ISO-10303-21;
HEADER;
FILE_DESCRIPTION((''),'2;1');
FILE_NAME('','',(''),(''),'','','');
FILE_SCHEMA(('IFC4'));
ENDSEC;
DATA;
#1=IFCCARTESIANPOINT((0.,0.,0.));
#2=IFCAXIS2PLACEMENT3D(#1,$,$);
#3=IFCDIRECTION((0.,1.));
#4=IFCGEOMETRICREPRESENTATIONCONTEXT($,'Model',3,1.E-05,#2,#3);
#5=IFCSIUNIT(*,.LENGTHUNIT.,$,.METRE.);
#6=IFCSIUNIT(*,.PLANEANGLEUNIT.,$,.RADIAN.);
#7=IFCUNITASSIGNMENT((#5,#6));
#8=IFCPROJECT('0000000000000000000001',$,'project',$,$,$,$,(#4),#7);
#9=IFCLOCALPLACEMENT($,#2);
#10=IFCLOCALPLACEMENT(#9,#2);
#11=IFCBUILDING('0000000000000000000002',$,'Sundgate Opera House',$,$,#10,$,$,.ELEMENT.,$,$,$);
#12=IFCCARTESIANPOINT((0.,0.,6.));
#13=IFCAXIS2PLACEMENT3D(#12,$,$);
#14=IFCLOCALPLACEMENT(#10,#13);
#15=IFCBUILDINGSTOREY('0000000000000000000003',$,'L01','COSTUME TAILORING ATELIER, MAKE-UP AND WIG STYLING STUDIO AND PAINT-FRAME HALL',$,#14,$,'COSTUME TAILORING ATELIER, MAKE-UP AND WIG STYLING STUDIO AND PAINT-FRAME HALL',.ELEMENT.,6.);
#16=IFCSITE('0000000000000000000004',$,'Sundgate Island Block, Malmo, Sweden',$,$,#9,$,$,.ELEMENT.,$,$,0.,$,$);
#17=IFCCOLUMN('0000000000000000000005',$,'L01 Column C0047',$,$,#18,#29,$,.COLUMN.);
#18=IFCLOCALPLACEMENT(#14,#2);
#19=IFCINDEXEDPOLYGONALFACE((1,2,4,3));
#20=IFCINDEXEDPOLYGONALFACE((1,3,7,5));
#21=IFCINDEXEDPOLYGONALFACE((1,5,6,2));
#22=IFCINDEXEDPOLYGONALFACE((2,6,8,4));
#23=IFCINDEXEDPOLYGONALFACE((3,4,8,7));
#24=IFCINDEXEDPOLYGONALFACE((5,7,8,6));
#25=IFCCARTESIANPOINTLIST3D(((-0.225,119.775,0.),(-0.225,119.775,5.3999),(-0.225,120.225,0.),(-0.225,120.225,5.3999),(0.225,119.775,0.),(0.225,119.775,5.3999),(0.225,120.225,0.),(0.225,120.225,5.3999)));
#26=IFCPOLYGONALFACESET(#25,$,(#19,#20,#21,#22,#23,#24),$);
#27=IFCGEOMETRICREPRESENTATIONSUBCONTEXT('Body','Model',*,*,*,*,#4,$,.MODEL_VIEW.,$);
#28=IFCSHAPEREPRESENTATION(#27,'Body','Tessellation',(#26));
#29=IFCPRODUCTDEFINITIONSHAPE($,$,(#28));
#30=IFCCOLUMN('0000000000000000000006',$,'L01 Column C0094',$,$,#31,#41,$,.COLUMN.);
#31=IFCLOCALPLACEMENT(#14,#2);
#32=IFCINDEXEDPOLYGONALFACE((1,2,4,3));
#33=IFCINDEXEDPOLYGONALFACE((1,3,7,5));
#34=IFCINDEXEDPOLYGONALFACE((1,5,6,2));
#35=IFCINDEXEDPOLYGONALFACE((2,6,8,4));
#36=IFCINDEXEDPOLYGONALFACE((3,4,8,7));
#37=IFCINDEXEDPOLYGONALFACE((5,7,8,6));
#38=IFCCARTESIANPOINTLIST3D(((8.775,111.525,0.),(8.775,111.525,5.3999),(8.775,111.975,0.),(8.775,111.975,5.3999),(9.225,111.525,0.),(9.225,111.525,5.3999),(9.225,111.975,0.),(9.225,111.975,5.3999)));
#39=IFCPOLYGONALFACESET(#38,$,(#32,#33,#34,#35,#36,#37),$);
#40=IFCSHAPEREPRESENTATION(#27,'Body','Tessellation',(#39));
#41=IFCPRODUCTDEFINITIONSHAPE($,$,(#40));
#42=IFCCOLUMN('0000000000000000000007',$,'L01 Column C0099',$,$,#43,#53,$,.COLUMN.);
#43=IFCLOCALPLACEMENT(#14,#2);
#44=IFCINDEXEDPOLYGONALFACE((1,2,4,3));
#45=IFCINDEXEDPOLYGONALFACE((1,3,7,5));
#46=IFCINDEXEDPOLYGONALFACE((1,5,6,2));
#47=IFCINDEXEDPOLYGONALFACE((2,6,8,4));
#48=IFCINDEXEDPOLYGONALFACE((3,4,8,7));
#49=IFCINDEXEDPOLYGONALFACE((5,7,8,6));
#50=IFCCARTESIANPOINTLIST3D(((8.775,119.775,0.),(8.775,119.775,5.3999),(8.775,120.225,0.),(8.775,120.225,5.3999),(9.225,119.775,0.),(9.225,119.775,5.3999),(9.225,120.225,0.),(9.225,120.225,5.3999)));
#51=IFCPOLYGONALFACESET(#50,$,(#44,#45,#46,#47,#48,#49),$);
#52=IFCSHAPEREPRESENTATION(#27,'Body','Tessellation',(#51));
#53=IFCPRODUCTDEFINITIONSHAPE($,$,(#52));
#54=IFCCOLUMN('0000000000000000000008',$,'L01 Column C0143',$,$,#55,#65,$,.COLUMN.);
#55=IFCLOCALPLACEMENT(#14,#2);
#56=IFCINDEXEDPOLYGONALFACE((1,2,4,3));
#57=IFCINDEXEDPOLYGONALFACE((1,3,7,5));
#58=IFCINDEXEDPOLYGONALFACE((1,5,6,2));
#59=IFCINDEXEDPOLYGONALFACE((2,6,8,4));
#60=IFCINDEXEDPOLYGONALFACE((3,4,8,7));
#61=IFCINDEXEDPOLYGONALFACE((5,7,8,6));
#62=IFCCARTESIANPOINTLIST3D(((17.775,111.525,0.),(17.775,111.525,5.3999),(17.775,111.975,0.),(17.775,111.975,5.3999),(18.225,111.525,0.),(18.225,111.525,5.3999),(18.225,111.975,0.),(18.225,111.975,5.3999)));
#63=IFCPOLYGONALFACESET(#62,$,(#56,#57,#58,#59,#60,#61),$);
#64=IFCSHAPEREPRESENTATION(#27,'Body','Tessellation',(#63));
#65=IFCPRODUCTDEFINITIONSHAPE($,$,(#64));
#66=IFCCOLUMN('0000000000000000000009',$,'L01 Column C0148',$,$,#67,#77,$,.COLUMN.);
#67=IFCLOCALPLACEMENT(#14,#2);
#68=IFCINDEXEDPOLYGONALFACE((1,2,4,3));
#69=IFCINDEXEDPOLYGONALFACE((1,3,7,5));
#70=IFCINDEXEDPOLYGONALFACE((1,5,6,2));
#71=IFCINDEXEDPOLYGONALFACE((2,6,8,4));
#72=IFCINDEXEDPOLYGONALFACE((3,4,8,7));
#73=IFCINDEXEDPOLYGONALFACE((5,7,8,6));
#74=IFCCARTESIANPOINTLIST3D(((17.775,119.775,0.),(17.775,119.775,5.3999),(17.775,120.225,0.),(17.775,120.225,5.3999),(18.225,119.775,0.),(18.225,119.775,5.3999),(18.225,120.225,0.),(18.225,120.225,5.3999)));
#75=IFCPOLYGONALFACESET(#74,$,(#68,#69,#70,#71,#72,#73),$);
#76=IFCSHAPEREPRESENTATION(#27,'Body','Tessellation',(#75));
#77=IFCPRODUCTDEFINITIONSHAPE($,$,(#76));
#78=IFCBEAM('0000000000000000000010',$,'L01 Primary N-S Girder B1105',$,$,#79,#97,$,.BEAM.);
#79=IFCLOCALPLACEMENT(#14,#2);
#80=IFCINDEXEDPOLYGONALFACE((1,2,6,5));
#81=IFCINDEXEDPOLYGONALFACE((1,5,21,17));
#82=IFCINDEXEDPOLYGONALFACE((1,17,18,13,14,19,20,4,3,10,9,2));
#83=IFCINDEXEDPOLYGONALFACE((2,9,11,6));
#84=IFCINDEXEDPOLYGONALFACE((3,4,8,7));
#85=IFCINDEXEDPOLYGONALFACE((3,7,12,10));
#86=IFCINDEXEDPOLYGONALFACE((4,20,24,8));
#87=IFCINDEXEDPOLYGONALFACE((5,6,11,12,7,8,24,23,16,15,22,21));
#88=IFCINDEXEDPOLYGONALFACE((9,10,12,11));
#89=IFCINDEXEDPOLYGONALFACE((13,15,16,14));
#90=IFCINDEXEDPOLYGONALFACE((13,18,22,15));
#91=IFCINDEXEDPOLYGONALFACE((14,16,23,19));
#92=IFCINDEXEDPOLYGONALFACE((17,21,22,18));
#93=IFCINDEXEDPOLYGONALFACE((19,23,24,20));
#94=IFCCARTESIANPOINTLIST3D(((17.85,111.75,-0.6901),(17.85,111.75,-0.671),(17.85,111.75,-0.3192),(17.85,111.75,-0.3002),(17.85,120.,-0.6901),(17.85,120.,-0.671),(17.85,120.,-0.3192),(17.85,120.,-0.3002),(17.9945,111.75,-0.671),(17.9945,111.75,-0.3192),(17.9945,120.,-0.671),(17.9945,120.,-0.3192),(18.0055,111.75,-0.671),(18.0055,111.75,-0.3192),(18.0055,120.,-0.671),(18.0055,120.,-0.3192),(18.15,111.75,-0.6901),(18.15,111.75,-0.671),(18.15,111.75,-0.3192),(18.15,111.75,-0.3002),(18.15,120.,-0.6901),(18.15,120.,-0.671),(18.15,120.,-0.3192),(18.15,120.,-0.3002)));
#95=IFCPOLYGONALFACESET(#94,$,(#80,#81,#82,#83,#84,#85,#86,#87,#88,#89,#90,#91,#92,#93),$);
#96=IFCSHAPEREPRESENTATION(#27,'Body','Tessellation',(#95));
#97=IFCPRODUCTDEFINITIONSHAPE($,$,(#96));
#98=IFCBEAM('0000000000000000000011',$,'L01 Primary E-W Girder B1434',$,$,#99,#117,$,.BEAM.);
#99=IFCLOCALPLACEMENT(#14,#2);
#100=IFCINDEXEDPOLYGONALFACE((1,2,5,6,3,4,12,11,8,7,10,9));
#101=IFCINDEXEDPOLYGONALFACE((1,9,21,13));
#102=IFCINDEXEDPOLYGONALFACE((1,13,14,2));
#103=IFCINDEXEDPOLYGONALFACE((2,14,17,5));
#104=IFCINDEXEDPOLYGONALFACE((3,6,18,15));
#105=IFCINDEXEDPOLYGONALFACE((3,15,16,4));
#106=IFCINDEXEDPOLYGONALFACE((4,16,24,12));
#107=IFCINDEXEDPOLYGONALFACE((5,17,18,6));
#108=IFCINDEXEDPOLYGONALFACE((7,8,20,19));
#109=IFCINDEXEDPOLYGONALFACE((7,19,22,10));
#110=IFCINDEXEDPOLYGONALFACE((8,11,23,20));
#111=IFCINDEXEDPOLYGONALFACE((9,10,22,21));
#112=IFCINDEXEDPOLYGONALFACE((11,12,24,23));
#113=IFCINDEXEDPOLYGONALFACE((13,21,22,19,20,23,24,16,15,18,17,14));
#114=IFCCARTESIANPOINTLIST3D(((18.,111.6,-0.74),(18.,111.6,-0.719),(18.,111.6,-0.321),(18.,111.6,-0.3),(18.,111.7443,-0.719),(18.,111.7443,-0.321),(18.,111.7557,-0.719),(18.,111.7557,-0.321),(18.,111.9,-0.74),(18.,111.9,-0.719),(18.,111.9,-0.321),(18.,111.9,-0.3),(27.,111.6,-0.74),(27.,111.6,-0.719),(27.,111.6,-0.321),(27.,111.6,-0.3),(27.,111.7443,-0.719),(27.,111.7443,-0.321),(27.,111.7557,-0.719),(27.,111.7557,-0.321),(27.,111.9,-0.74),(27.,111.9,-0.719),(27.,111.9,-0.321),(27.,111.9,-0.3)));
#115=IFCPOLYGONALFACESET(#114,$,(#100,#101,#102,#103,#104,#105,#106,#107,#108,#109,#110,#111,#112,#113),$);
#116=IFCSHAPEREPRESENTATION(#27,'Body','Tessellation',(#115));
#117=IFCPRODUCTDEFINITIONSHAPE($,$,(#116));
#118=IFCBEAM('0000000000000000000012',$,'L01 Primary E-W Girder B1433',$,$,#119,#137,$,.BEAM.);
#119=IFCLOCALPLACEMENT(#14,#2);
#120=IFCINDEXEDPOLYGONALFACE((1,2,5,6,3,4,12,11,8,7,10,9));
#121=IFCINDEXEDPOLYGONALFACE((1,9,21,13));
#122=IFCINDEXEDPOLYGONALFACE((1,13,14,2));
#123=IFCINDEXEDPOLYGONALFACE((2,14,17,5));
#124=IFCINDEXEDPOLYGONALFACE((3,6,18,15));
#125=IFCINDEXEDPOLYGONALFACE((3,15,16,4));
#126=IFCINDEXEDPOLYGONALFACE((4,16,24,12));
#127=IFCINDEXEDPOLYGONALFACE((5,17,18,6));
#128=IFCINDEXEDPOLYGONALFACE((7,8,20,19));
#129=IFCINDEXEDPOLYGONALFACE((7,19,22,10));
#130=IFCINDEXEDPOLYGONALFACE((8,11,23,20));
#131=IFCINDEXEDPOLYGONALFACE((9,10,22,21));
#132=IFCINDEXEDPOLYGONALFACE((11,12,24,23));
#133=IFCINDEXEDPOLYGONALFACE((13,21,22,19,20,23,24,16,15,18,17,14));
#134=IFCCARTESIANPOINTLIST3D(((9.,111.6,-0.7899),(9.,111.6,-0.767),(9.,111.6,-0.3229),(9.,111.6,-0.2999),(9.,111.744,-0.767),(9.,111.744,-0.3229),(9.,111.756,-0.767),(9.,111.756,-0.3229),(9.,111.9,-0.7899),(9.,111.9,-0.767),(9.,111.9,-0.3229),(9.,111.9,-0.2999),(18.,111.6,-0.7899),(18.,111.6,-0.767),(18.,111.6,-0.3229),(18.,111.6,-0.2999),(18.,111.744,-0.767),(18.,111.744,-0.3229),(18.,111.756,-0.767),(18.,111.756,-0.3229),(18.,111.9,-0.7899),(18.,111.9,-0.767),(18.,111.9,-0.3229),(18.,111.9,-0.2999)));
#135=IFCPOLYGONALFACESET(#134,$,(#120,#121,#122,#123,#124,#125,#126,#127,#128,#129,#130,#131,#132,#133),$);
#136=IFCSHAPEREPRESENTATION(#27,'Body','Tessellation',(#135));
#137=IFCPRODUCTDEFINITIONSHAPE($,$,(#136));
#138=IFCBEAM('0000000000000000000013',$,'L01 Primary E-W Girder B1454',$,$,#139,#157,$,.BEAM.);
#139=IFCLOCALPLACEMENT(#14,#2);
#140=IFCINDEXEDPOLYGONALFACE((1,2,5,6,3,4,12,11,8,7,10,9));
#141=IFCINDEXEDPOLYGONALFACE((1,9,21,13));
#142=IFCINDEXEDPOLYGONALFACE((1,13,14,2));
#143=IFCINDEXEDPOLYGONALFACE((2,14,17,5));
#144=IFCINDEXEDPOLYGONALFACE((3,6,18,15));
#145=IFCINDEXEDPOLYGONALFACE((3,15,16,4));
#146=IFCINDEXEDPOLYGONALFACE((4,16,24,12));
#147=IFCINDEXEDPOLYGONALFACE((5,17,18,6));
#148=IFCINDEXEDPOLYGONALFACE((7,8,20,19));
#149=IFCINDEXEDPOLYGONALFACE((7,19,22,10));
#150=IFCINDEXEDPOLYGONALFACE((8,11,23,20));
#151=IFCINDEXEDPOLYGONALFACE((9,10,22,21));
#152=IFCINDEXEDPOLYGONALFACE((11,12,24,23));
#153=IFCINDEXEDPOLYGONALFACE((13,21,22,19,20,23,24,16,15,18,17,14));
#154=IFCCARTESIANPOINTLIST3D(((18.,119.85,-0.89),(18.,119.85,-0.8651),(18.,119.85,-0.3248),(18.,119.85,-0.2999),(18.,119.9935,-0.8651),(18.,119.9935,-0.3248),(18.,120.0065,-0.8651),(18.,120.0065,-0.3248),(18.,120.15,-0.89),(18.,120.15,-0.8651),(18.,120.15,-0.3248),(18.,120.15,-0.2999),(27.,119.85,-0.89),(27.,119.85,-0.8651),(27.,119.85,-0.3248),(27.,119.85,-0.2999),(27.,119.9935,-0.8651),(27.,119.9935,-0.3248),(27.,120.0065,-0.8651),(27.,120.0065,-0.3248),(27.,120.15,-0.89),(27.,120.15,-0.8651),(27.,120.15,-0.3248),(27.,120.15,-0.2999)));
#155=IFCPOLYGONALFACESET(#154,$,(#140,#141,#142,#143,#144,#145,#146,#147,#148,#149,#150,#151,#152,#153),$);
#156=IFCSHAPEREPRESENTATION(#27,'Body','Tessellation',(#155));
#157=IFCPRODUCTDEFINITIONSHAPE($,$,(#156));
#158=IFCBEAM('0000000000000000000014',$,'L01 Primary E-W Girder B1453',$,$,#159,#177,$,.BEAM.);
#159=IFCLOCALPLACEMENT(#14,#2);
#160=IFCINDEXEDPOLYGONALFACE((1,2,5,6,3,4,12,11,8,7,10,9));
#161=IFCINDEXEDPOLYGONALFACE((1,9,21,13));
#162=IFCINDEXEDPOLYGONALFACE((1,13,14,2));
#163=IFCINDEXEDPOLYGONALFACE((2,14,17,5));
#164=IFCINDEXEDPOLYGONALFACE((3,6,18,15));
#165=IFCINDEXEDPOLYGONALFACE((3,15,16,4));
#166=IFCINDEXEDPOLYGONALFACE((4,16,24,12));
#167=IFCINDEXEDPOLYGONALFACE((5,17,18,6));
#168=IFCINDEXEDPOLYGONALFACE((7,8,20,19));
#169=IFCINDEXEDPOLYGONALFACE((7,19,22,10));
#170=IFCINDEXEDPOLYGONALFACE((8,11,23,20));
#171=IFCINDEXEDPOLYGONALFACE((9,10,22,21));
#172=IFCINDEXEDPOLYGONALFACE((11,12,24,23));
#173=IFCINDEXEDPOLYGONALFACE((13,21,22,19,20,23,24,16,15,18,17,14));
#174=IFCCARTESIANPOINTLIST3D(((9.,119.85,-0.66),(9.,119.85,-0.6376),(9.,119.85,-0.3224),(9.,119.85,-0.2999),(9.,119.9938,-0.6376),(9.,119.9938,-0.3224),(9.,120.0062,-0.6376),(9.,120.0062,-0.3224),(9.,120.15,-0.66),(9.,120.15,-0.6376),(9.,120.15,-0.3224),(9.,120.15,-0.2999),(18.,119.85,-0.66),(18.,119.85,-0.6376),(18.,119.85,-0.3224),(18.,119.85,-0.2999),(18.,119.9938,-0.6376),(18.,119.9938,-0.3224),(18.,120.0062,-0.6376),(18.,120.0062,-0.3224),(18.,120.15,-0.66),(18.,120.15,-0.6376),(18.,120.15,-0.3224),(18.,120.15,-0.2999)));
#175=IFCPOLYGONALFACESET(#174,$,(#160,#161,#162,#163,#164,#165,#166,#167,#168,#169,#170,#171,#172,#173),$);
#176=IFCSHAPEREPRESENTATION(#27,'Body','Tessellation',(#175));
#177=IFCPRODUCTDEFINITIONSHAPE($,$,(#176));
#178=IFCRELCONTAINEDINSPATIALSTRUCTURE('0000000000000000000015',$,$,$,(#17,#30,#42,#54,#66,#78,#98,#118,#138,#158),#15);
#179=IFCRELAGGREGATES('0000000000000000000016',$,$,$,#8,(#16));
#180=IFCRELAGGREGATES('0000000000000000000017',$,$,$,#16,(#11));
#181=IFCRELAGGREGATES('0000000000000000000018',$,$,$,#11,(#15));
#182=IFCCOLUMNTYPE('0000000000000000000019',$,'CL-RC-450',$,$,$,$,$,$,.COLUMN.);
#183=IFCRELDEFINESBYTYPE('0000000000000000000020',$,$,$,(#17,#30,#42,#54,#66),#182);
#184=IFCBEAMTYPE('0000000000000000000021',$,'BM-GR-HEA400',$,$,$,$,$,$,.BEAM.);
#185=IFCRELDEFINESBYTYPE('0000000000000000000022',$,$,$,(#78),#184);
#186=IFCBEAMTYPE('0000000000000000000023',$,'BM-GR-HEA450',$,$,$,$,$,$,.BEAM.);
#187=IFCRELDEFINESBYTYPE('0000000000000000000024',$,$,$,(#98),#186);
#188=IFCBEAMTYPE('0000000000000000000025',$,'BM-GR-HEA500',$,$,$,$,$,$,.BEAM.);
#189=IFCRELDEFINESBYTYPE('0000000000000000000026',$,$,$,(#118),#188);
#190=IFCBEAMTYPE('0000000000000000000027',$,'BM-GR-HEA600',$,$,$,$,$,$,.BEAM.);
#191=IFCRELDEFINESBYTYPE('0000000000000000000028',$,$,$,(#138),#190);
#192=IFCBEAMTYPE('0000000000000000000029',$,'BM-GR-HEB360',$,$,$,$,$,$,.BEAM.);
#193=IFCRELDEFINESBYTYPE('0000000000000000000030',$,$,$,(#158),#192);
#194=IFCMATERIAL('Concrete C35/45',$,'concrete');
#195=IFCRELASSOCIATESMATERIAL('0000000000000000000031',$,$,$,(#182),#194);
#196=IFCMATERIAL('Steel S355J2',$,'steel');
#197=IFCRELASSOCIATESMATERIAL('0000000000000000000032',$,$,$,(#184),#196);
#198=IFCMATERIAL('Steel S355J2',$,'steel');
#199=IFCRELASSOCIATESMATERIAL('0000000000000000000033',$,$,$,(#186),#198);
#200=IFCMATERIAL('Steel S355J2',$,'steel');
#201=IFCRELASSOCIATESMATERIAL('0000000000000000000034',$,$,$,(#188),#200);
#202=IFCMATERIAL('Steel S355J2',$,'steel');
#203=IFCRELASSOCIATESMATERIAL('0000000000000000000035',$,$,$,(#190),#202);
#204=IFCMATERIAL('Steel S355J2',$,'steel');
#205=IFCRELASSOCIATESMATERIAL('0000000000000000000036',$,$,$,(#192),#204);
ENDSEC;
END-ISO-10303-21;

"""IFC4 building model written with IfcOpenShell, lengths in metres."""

from ifc_helpers import new_model, si_unit, direction, frame, origin, origin_2d, place, context, subcontext, project, spatial, rectangle, i_section, extrude, material, material_profile, profile_set, type_object, element, save


model = new_model("IFC4")

# Units and contexts
model_context = context("Model", 3, precision=1e-05, world=origin(), true_north=direction((0.0, 1.0)))
body_context = subcontext(model_context, "Body", "Model", "MODEL_VIEW")
ifc_project = project(units=[si_unit("LENGTHUNIT", "METRE"), si_unit("PLANEANGLEUNIT", "RADIAN")], contexts=[model_context])

# Site, building, storey
site_placement = place(None, origin())
site = spatial("IfcSite", under=ifc_project, at=site_placement, Name="Sundgate Island Block, Malmo, Sweden", CompositionType="ELEMENT", RefElevation=0.0)
building_placement = place(site_placement, origin())
building = spatial("IfcBuilding", under=site, at=building_placement, Name="Sundgate Opera House", CompositionType="ELEMENT")
storey_placement = place(building_placement, frame((0.0, 0.0, 6.0)))
storey = spatial("IfcBuildingStorey", under=building, at=storey_placement, Name="L01", Description="COSTUME TAILORING ATELIER, MAKE-UP AND WIG STYLING STUDIO AND PAINT-FRAME HALL", LongName="COSTUME TAILORING ATELIER, MAKE-UP AND WIG STYLING STUDIO AND PAINT-FRAME HALL", CompositionType="ELEMENT", Elevation=6.0)

# Columns
ifc_material_1 = material(Name="Concrete C35/45", Category="concrete")
ifc_material_profile_1 = material_profile(ifc_material_1, rectangle(XDim=0.45, YDim=0.45, at=origin_2d()), Name="RC 450x450")
ifc_profile_set_1 = profile_set([ifc_material_profile_1], Name="Concrete C35/45")
column_type = type_object("IfcColumnType", Name="CL-RC-450", PredefinedType="COLUMN", material=ifc_profile_set_1)
for number, where, z_axis, x_axis, name in (
    (1, (0.0, 120.0, 0.0), (0.0, 0.0, 1.0), (1.0, 0.0, 0.0), "L01 Column C0047"),
    (2, (9.0, 111.75, 0.0), (0.0, 0.0, 1.0), (1.0, 0.0, 0.0), "L01 Column C0094"),
    (3, (9.0, 120.0, 0.0), (0.0, 0.0, 1.0), (1.0, 0.0, 0.0), "L01 Column C0099"),
    (4, (18.0, 111.75, 0.0), (0.0, 0.0, 1.0), (1.0, 0.0, 0.0), "L01 Column C0143"),
    (5, (18.0, 120.0, 0.0), (0.0, 0.0, 1.0), (1.0, 0.0, 0.0), "L01 Column C0148"),
):
    element("IfcColumn", number, at=place(storey_placement, frame(where, z_axis=z_axis, x_axis=x_axis)), inside=storey, type_object=column_type, Name=name, PredefinedType="COLUMN", context=body_context, shape_type="SweptSolid", body=[
        extrude(rectangle(XDim=0.45, YDim=0.45, at=origin_2d()), origin(), (0.0, 0.0, 1.0), 5.3999),
    ])

# Beams
ifc_material_2 = material(Name="Steel S355J2", Category="steel")
ifc_material_profile_2 = material_profile(ifc_material_2, i_section(OverallWidth=0.3, OverallDepth=0.3899, WebThickness=0.011, FlangeThickness=0.019, at=origin_2d()), Name="HEA 400")
ifc_profile_set_2 = profile_set([ifc_material_profile_2], Name="Steel S355J2")
beam_type_1 = type_object("IfcBeamType", Name="BM-GR-HEA400", PredefinedType="BEAM", material=ifc_profile_set_2)
beam_1_placement = place(storey_placement, frame((18.0, 111.75, -0.4951), z_axis=(0.0, 1.0, 0.0), x_axis=(-1.0, 0.0, 0.0)))
element("IfcBeam", 6, at=beam_1_placement, inside=storey, type_object=beam_type_1, Name="L01 Primary N-S Girder B1105", PredefinedType="BEAM", context=body_context, shape_type="SweptSolid", body=[
    extrude(i_section(OverallWidth=0.3, OverallDepth=0.3899, WebThickness=0.011, FlangeThickness=0.019, at=origin_2d()), origin(), (0.0, 0.0, 1.0), 8.25),
])
ifc_material_3 = material(Name="Steel S355J2", Category="steel")
ifc_material_profile_3 = material_profile(ifc_material_3, i_section(OverallWidth=0.3, OverallDepth=0.4399, WebThickness=0.0115, FlangeThickness=0.021, at=origin_2d()), Name="HEA 450")
ifc_profile_set_3 = profile_set([ifc_material_profile_3], Name="Steel S355J2")
beam_type_2 = type_object("IfcBeamType", Name="BM-GR-HEA450", PredefinedType="BEAM", material=ifc_profile_set_3)
beam_2_placement = place(storey_placement, frame((18.0, 111.75, -0.52), z_axis=(1.0, 0.0, 0.0), x_axis=(0.0, 1.0, 0.0)))
element("IfcBeam", 7, at=beam_2_placement, inside=storey, type_object=beam_type_2, Name="L01 Primary E-W Girder B1434", PredefinedType="BEAM", context=body_context, shape_type="SweptSolid", body=[
    extrude(i_section(OverallWidth=0.3, OverallDepth=0.4399, WebThickness=0.0115, FlangeThickness=0.021, at=origin_2d()), origin(), (0.0, 0.0, 1.0), 9.0),
])
ifc_material_4 = material(Name="Steel S355J2", Category="steel")
ifc_material_profile_4 = material_profile(ifc_material_4, i_section(OverallWidth=0.3, OverallDepth=0.49, WebThickness=0.012, FlangeThickness=0.0229, at=origin_2d()), Name="HEA 500")
ifc_profile_set_4 = profile_set([ifc_material_profile_4], Name="Steel S355J2")
beam_type_3 = type_object("IfcBeamType", Name="BM-GR-HEA500", PredefinedType="BEAM", material=ifc_profile_set_4)
beam_3_placement = place(storey_placement, frame((9.0, 111.75, -0.5449), z_axis=(1.0, 0.0, 0.0), x_axis=(0.0, 1.0, 0.0)))
element("IfcBeam", 8, at=beam_3_placement, inside=storey, type_object=beam_type_3, Name="L01 Primary E-W Girder B1433", PredefinedType="BEAM", context=body_context, shape_type="SweptSolid", body=[
    extrude(i_section(OverallWidth=0.3, OverallDepth=0.49, WebThickness=0.012, FlangeThickness=0.0229, at=origin_2d()), origin(), (0.0, 0.0, 1.0), 9.0),
])
ifc_material_5 = material(Name="Steel S355J2", Category="steel")
ifc_material_profile_5 = material_profile(ifc_material_5, i_section(OverallWidth=0.3, OverallDepth=0.5901, WebThickness=0.0129, FlangeThickness=0.0249, at=origin_2d()), Name="HEA 600")
ifc_profile_set_5 = profile_set([ifc_material_profile_5], Name="Steel S355J2")
beam_type_4 = type_object("IfcBeamType", Name="BM-GR-HEA600", PredefinedType="BEAM", material=ifc_profile_set_5)
beam_4_placement = place(storey_placement, frame((18.0, 120.0, -0.595), z_axis=(1.0, 0.0, 0.0), x_axis=(0.0, 1.0, 0.0)))
element("IfcBeam", 9, at=beam_4_placement, inside=storey, type_object=beam_type_4, Name="L01 Primary E-W Girder B1454", PredefinedType="BEAM", context=body_context, shape_type="SweptSolid", body=[
    extrude(i_section(OverallWidth=0.3, OverallDepth=0.5901, WebThickness=0.0129, FlangeThickness=0.0249, at=origin_2d()), origin(), (0.0, 0.0, 1.0), 9.0),
])
ifc_material_6 = material(Name="Steel S355J2", Category="steel")
ifc_material_profile_6 = material_profile(ifc_material_6, i_section(OverallWidth=0.3, OverallDepth=0.3601, WebThickness=0.0125, FlangeThickness=0.0225, at=origin_2d()), Name="HEB 360")
ifc_profile_set_6 = profile_set([ifc_material_profile_6], Name="Steel S355J2")
beam_type_5 = type_object("IfcBeamType", Name="BM-GR-HEB360", PredefinedType="BEAM", material=ifc_profile_set_6)
beam_5_placement = place(storey_placement, frame((9.0, 120.0, -0.48), z_axis=(1.0, 0.0, 0.0), x_axis=(0.0, 1.0, 0.0)))
element("IfcBeam", 10, at=beam_5_placement, inside=storey, type_object=beam_type_5, Name="L01 Primary E-W Girder B1453", PredefinedType="BEAM", context=body_context, shape_type="SweptSolid", body=[
    extrude(i_section(OverallWidth=0.3, OverallDepth=0.3601, WebThickness=0.0125, FlangeThickness=0.0225, at=origin_2d()), origin(), (0.0, 0.0, 1.0), 9.0),
])

save(model, "model.ifc")
